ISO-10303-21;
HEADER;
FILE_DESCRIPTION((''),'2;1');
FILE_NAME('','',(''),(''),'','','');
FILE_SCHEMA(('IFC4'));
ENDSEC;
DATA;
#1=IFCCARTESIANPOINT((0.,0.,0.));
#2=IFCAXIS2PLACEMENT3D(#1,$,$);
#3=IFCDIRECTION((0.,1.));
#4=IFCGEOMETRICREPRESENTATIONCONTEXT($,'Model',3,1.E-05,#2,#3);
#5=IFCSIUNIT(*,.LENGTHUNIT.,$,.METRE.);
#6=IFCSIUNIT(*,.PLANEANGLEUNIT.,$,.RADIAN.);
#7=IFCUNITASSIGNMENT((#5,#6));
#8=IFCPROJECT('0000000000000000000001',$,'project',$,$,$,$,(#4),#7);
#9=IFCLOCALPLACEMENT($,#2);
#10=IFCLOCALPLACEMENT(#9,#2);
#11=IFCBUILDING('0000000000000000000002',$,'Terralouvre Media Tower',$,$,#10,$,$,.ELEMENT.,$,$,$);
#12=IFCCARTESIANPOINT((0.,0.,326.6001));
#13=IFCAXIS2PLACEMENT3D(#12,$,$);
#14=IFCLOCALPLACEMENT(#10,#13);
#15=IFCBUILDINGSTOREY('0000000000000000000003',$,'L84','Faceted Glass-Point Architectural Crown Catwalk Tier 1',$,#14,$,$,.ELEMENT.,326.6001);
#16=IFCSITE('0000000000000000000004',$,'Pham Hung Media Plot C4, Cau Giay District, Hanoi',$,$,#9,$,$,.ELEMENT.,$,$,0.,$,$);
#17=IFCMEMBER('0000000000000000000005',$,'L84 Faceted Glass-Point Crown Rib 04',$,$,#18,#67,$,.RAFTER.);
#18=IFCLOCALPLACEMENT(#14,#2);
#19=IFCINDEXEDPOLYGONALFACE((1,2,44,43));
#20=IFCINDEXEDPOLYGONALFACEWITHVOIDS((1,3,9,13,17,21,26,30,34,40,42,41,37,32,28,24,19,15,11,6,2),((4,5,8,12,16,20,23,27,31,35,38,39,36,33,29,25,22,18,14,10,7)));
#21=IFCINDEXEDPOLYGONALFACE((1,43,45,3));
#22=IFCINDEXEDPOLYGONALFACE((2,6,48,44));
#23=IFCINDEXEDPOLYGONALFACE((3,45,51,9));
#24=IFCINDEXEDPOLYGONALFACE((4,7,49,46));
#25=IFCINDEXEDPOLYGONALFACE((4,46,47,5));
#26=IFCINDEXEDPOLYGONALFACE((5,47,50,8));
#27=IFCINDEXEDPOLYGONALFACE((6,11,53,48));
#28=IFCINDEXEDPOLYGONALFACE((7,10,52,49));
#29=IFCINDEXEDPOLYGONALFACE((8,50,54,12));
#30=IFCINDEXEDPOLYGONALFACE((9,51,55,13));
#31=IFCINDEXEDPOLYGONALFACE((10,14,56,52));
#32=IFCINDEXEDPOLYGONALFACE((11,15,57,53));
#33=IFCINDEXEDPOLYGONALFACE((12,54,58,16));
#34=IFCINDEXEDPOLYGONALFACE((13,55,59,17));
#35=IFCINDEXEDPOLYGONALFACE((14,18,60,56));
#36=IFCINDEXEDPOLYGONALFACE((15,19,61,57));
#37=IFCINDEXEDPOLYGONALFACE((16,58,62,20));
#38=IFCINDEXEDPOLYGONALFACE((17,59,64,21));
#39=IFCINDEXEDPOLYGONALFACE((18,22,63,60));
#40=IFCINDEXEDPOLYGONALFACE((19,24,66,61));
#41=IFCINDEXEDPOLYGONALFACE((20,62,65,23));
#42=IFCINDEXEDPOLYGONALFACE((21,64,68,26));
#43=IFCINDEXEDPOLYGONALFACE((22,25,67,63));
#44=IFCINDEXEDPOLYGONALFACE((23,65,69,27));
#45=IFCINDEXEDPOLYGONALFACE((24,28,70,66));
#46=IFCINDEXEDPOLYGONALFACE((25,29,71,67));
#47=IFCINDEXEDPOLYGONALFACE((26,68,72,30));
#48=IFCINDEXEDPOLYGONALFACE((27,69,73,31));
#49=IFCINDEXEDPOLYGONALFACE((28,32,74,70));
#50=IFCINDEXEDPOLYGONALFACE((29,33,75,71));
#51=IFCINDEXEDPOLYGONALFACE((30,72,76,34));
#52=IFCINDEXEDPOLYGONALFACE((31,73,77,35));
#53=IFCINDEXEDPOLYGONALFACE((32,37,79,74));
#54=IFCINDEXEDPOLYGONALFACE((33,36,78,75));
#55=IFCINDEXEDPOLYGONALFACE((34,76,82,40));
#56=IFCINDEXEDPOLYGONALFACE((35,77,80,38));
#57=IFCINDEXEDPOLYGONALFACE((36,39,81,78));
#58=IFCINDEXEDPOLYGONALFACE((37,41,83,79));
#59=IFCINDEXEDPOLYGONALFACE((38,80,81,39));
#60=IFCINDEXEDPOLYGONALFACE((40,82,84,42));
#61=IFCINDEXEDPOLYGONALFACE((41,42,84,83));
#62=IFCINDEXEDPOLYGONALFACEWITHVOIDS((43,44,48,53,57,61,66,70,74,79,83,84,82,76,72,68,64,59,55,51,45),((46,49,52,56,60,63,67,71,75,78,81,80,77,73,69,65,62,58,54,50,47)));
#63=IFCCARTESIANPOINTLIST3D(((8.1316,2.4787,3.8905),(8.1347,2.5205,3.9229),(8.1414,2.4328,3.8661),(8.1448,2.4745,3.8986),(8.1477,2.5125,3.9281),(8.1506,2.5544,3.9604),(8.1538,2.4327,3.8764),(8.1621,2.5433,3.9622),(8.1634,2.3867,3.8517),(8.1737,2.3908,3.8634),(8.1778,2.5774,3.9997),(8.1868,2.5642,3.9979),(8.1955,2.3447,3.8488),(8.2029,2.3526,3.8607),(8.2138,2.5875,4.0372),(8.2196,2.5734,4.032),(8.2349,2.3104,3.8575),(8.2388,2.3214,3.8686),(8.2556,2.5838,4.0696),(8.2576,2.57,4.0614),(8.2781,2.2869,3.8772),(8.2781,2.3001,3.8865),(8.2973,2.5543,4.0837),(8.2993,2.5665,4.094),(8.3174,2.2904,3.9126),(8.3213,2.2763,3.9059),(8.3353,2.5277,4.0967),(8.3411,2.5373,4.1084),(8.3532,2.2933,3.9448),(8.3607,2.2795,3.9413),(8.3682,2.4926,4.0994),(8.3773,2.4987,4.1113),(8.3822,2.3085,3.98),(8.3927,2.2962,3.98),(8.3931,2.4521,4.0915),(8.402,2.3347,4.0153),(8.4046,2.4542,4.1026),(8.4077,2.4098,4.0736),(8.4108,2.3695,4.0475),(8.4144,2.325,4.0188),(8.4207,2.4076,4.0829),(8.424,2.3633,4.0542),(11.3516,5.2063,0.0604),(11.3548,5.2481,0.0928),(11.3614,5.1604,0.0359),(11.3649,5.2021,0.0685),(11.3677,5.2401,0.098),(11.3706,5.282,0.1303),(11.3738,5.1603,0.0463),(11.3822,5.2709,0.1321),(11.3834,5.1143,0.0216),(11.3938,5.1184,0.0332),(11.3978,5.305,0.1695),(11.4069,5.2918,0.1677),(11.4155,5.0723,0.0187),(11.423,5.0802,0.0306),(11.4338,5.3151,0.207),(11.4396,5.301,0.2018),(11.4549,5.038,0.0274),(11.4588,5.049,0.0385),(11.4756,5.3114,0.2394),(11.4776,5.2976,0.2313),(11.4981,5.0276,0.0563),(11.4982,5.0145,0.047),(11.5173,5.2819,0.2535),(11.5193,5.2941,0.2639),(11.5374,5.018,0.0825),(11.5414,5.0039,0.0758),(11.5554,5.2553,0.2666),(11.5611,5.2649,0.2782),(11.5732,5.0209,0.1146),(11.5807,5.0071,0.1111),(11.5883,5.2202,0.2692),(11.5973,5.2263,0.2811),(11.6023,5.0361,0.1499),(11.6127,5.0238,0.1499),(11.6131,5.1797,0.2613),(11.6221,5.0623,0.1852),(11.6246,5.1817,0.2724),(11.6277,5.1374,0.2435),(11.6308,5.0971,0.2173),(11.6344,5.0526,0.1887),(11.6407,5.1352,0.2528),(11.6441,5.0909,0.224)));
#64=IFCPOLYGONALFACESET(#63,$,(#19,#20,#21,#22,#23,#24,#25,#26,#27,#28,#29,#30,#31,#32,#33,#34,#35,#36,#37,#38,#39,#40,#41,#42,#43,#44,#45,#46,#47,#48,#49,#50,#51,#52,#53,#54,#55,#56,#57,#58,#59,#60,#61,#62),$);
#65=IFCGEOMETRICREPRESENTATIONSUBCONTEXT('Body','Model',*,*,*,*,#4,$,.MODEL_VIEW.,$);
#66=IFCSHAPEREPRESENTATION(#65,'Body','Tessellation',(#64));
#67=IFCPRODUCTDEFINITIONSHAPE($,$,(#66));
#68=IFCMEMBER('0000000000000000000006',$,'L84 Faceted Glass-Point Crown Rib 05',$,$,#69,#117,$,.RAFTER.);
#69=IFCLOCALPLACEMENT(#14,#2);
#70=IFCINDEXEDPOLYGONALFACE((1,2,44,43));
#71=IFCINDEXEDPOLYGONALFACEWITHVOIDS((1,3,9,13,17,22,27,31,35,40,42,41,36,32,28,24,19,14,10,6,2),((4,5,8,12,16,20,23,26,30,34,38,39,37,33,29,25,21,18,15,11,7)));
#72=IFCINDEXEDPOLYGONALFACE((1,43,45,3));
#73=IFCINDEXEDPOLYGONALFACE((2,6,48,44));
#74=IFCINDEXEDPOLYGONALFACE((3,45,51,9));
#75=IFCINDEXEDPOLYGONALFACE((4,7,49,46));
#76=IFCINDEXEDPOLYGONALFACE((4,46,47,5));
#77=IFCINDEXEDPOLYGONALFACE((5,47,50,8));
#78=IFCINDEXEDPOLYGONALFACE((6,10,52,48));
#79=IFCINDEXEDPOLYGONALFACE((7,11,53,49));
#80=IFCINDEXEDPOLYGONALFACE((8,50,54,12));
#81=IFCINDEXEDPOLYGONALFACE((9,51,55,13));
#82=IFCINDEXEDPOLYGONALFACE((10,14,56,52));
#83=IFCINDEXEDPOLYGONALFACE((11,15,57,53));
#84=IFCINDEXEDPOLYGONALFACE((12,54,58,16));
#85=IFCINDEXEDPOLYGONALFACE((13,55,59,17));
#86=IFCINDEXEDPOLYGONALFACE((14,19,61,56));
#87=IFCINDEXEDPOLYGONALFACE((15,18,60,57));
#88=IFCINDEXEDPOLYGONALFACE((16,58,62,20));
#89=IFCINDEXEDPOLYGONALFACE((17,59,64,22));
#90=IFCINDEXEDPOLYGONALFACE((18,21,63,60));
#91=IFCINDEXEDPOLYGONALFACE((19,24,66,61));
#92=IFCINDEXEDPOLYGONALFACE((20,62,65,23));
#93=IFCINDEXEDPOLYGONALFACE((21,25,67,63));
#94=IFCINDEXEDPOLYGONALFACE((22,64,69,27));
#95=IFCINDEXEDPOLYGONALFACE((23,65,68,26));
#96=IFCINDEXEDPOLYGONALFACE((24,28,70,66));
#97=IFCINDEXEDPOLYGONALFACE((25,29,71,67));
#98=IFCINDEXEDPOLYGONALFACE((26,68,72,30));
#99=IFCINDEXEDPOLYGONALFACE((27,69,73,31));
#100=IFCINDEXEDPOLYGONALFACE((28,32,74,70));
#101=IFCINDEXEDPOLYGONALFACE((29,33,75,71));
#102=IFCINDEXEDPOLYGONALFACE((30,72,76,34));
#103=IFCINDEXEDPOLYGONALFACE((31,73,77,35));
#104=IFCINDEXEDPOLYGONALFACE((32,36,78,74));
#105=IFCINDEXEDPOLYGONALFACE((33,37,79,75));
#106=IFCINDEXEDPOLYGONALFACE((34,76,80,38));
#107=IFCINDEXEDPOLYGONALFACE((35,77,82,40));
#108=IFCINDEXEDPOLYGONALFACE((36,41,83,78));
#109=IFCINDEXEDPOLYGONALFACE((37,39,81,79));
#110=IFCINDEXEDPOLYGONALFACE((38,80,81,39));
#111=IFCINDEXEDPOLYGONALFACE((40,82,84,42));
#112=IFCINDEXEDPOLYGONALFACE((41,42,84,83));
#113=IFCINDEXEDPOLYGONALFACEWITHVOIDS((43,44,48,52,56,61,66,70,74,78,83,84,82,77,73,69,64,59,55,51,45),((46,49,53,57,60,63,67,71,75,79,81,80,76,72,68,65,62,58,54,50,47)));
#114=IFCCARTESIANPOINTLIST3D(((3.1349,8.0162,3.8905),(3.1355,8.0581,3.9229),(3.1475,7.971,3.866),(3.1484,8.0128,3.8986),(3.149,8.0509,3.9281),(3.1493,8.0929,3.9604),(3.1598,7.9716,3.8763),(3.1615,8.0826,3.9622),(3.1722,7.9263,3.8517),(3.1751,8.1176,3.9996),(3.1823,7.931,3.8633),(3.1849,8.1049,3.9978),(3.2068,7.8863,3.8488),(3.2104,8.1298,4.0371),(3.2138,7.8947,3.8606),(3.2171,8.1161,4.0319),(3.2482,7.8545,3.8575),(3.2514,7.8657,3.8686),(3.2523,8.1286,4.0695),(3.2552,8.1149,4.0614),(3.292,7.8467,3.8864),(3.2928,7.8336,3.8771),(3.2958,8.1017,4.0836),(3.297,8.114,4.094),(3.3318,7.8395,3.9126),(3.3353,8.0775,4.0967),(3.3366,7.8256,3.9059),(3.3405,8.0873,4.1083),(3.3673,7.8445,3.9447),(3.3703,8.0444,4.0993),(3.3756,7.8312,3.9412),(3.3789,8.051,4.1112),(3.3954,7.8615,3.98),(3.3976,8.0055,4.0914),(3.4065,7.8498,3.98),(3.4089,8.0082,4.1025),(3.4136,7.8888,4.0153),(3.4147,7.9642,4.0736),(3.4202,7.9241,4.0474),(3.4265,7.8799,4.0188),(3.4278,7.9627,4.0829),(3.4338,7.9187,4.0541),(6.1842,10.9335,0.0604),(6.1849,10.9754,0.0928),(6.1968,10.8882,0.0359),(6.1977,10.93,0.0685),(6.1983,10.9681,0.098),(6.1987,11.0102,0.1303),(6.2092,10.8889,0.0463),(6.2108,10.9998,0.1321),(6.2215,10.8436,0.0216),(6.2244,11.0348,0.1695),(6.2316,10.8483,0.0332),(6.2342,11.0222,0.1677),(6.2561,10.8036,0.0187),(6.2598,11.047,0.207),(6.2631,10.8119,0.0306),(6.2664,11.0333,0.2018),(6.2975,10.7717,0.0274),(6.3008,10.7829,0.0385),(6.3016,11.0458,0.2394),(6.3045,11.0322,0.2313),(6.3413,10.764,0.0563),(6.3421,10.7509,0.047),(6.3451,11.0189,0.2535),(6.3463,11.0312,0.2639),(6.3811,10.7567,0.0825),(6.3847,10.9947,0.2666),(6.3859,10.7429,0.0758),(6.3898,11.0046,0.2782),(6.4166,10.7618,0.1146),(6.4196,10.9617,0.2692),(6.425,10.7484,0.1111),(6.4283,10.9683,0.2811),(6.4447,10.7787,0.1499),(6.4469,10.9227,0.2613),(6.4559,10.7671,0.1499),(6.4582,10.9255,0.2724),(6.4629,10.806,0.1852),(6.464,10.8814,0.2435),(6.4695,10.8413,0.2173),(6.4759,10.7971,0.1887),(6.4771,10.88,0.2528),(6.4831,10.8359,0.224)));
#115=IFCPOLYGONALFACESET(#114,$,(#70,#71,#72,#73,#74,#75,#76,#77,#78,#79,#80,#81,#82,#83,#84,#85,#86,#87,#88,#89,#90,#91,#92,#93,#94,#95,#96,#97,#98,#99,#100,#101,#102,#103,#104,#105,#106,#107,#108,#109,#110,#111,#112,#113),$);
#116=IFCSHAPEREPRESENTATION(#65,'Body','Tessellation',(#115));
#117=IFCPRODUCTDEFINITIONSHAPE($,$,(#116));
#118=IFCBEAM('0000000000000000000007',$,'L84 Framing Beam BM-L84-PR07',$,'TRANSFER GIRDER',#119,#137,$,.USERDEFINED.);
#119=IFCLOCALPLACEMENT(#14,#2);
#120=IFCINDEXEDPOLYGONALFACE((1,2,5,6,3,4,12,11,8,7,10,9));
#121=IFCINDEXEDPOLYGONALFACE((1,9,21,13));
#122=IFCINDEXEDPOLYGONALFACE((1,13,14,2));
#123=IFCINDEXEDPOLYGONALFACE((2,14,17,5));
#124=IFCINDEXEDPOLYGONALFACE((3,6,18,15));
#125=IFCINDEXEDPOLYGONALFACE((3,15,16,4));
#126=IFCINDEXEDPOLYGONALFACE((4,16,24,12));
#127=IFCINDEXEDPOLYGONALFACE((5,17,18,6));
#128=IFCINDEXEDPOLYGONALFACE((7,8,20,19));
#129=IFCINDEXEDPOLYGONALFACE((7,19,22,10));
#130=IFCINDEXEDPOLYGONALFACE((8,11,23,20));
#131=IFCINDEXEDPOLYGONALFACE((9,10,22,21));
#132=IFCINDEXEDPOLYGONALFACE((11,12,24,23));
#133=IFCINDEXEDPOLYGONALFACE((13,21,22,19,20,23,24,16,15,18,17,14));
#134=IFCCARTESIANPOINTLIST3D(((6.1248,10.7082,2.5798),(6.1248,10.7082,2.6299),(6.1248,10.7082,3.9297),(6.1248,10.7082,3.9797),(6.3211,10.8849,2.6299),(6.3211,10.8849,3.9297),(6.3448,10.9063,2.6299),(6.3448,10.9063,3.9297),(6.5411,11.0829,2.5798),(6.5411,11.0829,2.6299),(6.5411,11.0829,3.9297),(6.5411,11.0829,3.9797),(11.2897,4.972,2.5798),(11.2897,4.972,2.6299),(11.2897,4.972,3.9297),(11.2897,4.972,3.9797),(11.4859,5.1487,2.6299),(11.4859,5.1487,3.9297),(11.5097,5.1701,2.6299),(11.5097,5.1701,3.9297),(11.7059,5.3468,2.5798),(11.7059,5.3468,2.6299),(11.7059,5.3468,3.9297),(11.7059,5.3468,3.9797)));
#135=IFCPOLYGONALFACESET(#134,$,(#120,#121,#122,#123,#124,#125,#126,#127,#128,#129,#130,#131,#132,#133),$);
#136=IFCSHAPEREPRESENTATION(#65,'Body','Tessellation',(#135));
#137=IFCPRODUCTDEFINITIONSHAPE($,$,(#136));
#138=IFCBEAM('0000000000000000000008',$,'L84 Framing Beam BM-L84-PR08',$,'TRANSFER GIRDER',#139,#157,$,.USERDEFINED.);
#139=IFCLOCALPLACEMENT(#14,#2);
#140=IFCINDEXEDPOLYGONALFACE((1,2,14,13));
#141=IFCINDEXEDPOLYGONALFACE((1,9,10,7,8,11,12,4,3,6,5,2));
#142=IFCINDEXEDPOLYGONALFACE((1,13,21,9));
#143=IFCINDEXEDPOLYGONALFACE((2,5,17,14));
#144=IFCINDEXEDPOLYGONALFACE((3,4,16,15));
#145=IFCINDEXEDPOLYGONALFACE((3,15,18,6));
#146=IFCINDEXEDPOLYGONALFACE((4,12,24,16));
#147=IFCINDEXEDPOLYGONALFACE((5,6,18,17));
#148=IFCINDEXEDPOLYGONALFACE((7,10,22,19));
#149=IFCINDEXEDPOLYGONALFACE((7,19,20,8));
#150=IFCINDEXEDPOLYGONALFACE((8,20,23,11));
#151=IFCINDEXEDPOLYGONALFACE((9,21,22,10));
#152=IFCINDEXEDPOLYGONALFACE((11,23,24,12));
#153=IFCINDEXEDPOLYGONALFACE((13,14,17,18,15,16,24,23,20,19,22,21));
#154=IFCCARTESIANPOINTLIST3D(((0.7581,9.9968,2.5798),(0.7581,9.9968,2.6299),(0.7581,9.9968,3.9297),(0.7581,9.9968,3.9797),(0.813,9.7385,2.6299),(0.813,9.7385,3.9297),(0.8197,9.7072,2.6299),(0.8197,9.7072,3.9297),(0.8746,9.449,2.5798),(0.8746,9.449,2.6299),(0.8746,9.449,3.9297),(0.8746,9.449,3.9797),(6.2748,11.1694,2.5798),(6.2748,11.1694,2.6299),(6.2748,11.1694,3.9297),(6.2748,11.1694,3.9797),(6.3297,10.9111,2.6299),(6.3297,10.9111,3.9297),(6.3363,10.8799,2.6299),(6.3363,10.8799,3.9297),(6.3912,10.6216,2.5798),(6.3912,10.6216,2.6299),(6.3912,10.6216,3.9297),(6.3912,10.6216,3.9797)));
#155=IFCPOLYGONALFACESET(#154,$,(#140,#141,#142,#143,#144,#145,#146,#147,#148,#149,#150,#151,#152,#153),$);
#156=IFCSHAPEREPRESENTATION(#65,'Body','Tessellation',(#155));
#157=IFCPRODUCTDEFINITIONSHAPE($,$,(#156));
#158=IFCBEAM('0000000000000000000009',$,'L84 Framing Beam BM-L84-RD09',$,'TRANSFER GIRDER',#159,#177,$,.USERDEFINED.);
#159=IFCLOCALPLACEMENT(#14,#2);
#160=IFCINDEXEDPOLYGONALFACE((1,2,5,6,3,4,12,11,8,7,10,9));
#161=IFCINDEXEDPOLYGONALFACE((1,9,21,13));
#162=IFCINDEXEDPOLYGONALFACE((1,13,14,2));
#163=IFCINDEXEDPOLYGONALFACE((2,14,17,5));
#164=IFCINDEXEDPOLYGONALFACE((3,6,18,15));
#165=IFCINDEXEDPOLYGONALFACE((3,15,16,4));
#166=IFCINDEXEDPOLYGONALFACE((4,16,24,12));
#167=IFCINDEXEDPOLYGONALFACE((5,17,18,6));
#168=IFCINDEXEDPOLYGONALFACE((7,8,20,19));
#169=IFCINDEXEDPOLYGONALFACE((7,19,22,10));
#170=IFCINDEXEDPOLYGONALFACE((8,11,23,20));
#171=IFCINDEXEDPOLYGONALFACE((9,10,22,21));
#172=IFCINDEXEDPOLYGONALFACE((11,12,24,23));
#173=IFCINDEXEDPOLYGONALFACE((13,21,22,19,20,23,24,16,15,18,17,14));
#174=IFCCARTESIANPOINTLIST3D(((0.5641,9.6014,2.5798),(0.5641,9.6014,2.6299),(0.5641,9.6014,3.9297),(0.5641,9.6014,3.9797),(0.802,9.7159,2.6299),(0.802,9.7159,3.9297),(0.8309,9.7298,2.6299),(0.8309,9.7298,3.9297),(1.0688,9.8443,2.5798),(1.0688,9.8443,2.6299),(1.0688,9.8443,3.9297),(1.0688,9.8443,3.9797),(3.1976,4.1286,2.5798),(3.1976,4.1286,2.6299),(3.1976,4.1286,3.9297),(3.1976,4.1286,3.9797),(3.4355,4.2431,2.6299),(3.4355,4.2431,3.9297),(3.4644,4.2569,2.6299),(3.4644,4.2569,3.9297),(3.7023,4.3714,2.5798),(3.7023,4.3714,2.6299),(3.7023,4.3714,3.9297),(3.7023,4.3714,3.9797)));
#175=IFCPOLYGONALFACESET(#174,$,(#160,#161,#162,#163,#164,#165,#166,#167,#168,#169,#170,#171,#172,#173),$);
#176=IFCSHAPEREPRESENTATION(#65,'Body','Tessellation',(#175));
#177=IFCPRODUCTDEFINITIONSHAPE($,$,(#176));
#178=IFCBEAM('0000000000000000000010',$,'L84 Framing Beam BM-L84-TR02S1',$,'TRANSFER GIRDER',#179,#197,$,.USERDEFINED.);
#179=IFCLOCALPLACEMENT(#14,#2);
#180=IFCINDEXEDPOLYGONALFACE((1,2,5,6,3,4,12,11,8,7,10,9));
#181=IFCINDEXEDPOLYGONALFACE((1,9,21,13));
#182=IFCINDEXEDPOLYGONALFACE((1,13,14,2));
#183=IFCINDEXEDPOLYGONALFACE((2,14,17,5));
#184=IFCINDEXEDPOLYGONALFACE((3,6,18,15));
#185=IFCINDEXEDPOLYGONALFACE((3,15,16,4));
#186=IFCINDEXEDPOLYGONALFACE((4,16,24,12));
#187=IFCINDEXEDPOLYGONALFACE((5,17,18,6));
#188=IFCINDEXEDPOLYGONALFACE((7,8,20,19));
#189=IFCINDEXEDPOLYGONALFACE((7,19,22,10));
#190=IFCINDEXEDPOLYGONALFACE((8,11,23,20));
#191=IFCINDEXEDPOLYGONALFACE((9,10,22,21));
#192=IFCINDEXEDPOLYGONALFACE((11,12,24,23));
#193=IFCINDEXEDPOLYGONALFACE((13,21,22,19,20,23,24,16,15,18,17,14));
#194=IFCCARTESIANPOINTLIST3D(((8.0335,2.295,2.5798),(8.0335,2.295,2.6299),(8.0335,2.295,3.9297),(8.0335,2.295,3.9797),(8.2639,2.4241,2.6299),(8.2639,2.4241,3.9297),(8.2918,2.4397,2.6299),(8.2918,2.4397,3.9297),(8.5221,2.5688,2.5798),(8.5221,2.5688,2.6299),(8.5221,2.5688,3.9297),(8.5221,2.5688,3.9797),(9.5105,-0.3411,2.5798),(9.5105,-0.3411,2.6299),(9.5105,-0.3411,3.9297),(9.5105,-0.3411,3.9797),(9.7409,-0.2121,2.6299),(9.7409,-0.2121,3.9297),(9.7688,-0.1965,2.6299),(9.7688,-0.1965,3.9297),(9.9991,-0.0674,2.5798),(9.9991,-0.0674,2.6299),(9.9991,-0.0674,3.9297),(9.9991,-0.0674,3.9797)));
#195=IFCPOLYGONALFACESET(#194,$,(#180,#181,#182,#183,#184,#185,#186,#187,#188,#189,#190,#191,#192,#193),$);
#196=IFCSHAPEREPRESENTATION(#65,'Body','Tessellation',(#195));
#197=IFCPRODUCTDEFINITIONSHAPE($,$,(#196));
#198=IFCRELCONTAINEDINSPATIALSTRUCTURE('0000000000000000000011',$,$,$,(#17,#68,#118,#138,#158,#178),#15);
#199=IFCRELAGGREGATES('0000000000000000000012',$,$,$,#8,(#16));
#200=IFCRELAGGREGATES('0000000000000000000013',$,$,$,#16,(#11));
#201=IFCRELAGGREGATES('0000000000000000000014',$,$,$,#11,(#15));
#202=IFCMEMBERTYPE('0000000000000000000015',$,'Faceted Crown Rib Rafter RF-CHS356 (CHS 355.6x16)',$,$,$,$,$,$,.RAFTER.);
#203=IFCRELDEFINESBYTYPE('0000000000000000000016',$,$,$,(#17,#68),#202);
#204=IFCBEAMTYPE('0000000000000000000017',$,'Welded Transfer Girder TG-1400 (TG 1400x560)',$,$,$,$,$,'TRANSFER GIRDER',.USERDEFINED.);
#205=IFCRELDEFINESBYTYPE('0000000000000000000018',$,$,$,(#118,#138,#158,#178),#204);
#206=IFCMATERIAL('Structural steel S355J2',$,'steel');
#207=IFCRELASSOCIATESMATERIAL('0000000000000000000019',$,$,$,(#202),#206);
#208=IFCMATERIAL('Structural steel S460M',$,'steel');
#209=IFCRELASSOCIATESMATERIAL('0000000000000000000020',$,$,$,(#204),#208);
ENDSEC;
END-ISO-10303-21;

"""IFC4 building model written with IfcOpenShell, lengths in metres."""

from ifc_helpers import new_model, si_unit, direction, frame, origin, origin_2d, place, context, subcontext, project, spatial, hollow_circle, i_section, extrude, material, material_profile, profile_set, type_object, element, save


model = new_model("IFC4")

# Units and contexts
model_context = context("Model", 3, precision=1e-05, world=origin(), true_north=direction((0.0, 1.0)))
body_context = subcontext(model_context, "Body", "Model", "MODEL_VIEW")
ifc_project = project(units=[si_unit("LENGTHUNIT", "METRE"), si_unit("PLANEANGLEUNIT", "RADIAN")], contexts=[model_context])

# Site, building, storey
site_placement = place(None, origin())
site = spatial("IfcSite", under=ifc_project, at=site_placement, Name="Pham Hung Media Plot C4, Cau Giay District, Hanoi", CompositionType="ELEMENT", RefElevation=0.0)
building_placement = place(site_placement, origin())
building = spatial("IfcBuilding", under=site, at=building_placement, Name="Terralouvre Media Tower", CompositionType="ELEMENT")
storey_placement = place(building_placement, frame((0.0, 0.0, 326.6001)))
storey = spatial("IfcBuildingStorey", under=building, at=storey_placement, Name="L84", Description="Faceted Glass-Point Architectural Crown Catwalk Tier 1", CompositionType="ELEMENT", Elevation=326.6001)

# Members
ifc_material_1 = material(Name="Structural steel S355J2", Category="steel")
ifc_material_profile_1 = material_profile(ifc_material_1, hollow_circle(Radius=0.1777, WallThickness=0.0161, at=origin_2d()), Name="CHS 355.6x16")
ifc_profile_set_1 = profile_set([ifc_material_profile_1], Name="Structural steel S355J2")
member_type_1 = type_object("IfcMemberType", Name="Faceted Crown Rib Rafter RF-CHS356 (CHS 355.6x16)", PredefinedType="RAFTER", material=ifc_profile_set_1)
for number, where, z_axis, x_axis, name in (
    (1, (11.4978, 5.1594, 0.1499), (-0.565019, -0.47861, 0.672076), (0.646349, -0.763042, 0.0), "L84 Faceted Glass-Point Crown Rib 04"),
    (2, (6.333, 10.8955, 0.1499), (-0.535066, -0.51189, 0.672067), (0.691284, -0.722583, 0.0), "L84 Faceted Glass-Point Crown Rib 05"),
):
    element("IfcMember", number, at=place(storey_placement, frame(where, z_axis=z_axis, x_axis=x_axis)), inside=storey, type_object=member_type_1, Name=name, PredefinedType="RAFTER", context=body_context, shape_type="SweptSolid", body=[
        extrude(hollow_circle(Radius=0.1777, WallThickness=0.0161, at=origin_2d()), origin(), (0.0, 0.0, 1.0), 5.699),
    ])

# Beams
ifc_material_2 = material(Name="Structural steel S460M", Category="steel")
ifc_material_profile_2 = material_profile(ifc_material_2, i_section(OverallWidth=0.5601, OverallDepth=1.3999, WebThickness=0.032, FlangeThickness=0.05, at=origin_2d()), Name="TG 1400x560")
ifc_profile_set_2 = profile_set([ifc_material_profile_2], Name="Structural steel S460M")
beam_type = type_object("IfcBeamType", Name="Welded Transfer Girder TG-1400 (TG 1400x560)", ElementType="TRANSFER GIRDER", PredefinedType="USERDEFINED", material=ifc_profile_set_2)
beam_1_placement = place(storey_placement, frame((11.4978, 5.1594, 3.2798), z_axis=(-0.669131, 0.743145, 0.0), x_axis=(-0.743145, -0.669131, 0.0)))
element("IfcBeam", 3, at=beam_1_placement, inside=storey, type_object=beam_type, Name="L84 Framing Beam BM-L84-PR07", ObjectType="TRANSFER GIRDER", PredefinedType="USERDEFINED", context=body_context, shape_type="SweptSolid", body=[
    extrude(i_section(OverallWidth=0.5601, OverallDepth=1.3999, WebThickness=0.032, FlangeThickness=0.05, at=origin_2d()), origin(), (0.0, 0.0, 1.0), 7.7188),
])
beam_2_placement = place(storey_placement, frame((6.333, 10.8955, 3.2798), z_axis=(-0.978147, -0.207915, 0.0), x_axis=(0.207915, -0.978147, 0.0)))
element("IfcBeam", 4, at=beam_2_placement, inside=storey, type_object=beam_type, Name="L84 Framing Beam BM-L84-PR08", ObjectType="TRANSFER GIRDER", PredefinedType="USERDEFINED", context=body_context, shape_type="SweptSolid", body=[
    extrude(i_section(OverallWidth=0.5601, OverallDepth=1.3999, WebThickness=0.032, FlangeThickness=0.05, at=origin_2d()), origin(), (0.0, 0.0, 1.0), 5.6399),
])
beam_3_placement = place(storey_placement, frame((3.45, 4.25, 3.2798), z_axis=(-0.433608, 0.901102, 0.0), x_axis=(-0.901102, -0.433608, 0.0)))
element("IfcBeam", 5, at=beam_3_placement, inside=storey, type_object=beam_type, Name="L84 Framing Beam BM-L84-RD09", ObjectType="TRANSFER GIRDER", PredefinedType="USERDEFINED", context=body_context, shape_type="SweptSolid", body=[
    extrude(i_section(OverallWidth=0.5601, OverallDepth=1.3999, WebThickness=0.032, FlangeThickness=0.05, at=origin_2d()), origin(), (0.0, 0.0, 1.0), 6.0735),
])
beam_4_placement = place(storey_placement, frame((8.2778, 2.4319, 3.2798), z_axis=(0.488795, -0.872399, 0.0), x_axis=(0.872399, 0.488795, 0.0)))
element("IfcBeam", 6, at=beam_4_placement, inside=storey, type_object=beam_type, Name="L84 Framing Beam BM-L84-TR02S1", ObjectType="TRANSFER GIRDER", PredefinedType="USERDEFINED", context=body_context, shape_type="SweptSolid", body=[
    extrude(i_section(OverallWidth=0.5601, OverallDepth=1.3999, WebThickness=0.032, FlangeThickness=0.05, at=origin_2d()), origin(), (0.0, 0.0, 1.0), 3.0217),
])

save(model, "model.ifc")
